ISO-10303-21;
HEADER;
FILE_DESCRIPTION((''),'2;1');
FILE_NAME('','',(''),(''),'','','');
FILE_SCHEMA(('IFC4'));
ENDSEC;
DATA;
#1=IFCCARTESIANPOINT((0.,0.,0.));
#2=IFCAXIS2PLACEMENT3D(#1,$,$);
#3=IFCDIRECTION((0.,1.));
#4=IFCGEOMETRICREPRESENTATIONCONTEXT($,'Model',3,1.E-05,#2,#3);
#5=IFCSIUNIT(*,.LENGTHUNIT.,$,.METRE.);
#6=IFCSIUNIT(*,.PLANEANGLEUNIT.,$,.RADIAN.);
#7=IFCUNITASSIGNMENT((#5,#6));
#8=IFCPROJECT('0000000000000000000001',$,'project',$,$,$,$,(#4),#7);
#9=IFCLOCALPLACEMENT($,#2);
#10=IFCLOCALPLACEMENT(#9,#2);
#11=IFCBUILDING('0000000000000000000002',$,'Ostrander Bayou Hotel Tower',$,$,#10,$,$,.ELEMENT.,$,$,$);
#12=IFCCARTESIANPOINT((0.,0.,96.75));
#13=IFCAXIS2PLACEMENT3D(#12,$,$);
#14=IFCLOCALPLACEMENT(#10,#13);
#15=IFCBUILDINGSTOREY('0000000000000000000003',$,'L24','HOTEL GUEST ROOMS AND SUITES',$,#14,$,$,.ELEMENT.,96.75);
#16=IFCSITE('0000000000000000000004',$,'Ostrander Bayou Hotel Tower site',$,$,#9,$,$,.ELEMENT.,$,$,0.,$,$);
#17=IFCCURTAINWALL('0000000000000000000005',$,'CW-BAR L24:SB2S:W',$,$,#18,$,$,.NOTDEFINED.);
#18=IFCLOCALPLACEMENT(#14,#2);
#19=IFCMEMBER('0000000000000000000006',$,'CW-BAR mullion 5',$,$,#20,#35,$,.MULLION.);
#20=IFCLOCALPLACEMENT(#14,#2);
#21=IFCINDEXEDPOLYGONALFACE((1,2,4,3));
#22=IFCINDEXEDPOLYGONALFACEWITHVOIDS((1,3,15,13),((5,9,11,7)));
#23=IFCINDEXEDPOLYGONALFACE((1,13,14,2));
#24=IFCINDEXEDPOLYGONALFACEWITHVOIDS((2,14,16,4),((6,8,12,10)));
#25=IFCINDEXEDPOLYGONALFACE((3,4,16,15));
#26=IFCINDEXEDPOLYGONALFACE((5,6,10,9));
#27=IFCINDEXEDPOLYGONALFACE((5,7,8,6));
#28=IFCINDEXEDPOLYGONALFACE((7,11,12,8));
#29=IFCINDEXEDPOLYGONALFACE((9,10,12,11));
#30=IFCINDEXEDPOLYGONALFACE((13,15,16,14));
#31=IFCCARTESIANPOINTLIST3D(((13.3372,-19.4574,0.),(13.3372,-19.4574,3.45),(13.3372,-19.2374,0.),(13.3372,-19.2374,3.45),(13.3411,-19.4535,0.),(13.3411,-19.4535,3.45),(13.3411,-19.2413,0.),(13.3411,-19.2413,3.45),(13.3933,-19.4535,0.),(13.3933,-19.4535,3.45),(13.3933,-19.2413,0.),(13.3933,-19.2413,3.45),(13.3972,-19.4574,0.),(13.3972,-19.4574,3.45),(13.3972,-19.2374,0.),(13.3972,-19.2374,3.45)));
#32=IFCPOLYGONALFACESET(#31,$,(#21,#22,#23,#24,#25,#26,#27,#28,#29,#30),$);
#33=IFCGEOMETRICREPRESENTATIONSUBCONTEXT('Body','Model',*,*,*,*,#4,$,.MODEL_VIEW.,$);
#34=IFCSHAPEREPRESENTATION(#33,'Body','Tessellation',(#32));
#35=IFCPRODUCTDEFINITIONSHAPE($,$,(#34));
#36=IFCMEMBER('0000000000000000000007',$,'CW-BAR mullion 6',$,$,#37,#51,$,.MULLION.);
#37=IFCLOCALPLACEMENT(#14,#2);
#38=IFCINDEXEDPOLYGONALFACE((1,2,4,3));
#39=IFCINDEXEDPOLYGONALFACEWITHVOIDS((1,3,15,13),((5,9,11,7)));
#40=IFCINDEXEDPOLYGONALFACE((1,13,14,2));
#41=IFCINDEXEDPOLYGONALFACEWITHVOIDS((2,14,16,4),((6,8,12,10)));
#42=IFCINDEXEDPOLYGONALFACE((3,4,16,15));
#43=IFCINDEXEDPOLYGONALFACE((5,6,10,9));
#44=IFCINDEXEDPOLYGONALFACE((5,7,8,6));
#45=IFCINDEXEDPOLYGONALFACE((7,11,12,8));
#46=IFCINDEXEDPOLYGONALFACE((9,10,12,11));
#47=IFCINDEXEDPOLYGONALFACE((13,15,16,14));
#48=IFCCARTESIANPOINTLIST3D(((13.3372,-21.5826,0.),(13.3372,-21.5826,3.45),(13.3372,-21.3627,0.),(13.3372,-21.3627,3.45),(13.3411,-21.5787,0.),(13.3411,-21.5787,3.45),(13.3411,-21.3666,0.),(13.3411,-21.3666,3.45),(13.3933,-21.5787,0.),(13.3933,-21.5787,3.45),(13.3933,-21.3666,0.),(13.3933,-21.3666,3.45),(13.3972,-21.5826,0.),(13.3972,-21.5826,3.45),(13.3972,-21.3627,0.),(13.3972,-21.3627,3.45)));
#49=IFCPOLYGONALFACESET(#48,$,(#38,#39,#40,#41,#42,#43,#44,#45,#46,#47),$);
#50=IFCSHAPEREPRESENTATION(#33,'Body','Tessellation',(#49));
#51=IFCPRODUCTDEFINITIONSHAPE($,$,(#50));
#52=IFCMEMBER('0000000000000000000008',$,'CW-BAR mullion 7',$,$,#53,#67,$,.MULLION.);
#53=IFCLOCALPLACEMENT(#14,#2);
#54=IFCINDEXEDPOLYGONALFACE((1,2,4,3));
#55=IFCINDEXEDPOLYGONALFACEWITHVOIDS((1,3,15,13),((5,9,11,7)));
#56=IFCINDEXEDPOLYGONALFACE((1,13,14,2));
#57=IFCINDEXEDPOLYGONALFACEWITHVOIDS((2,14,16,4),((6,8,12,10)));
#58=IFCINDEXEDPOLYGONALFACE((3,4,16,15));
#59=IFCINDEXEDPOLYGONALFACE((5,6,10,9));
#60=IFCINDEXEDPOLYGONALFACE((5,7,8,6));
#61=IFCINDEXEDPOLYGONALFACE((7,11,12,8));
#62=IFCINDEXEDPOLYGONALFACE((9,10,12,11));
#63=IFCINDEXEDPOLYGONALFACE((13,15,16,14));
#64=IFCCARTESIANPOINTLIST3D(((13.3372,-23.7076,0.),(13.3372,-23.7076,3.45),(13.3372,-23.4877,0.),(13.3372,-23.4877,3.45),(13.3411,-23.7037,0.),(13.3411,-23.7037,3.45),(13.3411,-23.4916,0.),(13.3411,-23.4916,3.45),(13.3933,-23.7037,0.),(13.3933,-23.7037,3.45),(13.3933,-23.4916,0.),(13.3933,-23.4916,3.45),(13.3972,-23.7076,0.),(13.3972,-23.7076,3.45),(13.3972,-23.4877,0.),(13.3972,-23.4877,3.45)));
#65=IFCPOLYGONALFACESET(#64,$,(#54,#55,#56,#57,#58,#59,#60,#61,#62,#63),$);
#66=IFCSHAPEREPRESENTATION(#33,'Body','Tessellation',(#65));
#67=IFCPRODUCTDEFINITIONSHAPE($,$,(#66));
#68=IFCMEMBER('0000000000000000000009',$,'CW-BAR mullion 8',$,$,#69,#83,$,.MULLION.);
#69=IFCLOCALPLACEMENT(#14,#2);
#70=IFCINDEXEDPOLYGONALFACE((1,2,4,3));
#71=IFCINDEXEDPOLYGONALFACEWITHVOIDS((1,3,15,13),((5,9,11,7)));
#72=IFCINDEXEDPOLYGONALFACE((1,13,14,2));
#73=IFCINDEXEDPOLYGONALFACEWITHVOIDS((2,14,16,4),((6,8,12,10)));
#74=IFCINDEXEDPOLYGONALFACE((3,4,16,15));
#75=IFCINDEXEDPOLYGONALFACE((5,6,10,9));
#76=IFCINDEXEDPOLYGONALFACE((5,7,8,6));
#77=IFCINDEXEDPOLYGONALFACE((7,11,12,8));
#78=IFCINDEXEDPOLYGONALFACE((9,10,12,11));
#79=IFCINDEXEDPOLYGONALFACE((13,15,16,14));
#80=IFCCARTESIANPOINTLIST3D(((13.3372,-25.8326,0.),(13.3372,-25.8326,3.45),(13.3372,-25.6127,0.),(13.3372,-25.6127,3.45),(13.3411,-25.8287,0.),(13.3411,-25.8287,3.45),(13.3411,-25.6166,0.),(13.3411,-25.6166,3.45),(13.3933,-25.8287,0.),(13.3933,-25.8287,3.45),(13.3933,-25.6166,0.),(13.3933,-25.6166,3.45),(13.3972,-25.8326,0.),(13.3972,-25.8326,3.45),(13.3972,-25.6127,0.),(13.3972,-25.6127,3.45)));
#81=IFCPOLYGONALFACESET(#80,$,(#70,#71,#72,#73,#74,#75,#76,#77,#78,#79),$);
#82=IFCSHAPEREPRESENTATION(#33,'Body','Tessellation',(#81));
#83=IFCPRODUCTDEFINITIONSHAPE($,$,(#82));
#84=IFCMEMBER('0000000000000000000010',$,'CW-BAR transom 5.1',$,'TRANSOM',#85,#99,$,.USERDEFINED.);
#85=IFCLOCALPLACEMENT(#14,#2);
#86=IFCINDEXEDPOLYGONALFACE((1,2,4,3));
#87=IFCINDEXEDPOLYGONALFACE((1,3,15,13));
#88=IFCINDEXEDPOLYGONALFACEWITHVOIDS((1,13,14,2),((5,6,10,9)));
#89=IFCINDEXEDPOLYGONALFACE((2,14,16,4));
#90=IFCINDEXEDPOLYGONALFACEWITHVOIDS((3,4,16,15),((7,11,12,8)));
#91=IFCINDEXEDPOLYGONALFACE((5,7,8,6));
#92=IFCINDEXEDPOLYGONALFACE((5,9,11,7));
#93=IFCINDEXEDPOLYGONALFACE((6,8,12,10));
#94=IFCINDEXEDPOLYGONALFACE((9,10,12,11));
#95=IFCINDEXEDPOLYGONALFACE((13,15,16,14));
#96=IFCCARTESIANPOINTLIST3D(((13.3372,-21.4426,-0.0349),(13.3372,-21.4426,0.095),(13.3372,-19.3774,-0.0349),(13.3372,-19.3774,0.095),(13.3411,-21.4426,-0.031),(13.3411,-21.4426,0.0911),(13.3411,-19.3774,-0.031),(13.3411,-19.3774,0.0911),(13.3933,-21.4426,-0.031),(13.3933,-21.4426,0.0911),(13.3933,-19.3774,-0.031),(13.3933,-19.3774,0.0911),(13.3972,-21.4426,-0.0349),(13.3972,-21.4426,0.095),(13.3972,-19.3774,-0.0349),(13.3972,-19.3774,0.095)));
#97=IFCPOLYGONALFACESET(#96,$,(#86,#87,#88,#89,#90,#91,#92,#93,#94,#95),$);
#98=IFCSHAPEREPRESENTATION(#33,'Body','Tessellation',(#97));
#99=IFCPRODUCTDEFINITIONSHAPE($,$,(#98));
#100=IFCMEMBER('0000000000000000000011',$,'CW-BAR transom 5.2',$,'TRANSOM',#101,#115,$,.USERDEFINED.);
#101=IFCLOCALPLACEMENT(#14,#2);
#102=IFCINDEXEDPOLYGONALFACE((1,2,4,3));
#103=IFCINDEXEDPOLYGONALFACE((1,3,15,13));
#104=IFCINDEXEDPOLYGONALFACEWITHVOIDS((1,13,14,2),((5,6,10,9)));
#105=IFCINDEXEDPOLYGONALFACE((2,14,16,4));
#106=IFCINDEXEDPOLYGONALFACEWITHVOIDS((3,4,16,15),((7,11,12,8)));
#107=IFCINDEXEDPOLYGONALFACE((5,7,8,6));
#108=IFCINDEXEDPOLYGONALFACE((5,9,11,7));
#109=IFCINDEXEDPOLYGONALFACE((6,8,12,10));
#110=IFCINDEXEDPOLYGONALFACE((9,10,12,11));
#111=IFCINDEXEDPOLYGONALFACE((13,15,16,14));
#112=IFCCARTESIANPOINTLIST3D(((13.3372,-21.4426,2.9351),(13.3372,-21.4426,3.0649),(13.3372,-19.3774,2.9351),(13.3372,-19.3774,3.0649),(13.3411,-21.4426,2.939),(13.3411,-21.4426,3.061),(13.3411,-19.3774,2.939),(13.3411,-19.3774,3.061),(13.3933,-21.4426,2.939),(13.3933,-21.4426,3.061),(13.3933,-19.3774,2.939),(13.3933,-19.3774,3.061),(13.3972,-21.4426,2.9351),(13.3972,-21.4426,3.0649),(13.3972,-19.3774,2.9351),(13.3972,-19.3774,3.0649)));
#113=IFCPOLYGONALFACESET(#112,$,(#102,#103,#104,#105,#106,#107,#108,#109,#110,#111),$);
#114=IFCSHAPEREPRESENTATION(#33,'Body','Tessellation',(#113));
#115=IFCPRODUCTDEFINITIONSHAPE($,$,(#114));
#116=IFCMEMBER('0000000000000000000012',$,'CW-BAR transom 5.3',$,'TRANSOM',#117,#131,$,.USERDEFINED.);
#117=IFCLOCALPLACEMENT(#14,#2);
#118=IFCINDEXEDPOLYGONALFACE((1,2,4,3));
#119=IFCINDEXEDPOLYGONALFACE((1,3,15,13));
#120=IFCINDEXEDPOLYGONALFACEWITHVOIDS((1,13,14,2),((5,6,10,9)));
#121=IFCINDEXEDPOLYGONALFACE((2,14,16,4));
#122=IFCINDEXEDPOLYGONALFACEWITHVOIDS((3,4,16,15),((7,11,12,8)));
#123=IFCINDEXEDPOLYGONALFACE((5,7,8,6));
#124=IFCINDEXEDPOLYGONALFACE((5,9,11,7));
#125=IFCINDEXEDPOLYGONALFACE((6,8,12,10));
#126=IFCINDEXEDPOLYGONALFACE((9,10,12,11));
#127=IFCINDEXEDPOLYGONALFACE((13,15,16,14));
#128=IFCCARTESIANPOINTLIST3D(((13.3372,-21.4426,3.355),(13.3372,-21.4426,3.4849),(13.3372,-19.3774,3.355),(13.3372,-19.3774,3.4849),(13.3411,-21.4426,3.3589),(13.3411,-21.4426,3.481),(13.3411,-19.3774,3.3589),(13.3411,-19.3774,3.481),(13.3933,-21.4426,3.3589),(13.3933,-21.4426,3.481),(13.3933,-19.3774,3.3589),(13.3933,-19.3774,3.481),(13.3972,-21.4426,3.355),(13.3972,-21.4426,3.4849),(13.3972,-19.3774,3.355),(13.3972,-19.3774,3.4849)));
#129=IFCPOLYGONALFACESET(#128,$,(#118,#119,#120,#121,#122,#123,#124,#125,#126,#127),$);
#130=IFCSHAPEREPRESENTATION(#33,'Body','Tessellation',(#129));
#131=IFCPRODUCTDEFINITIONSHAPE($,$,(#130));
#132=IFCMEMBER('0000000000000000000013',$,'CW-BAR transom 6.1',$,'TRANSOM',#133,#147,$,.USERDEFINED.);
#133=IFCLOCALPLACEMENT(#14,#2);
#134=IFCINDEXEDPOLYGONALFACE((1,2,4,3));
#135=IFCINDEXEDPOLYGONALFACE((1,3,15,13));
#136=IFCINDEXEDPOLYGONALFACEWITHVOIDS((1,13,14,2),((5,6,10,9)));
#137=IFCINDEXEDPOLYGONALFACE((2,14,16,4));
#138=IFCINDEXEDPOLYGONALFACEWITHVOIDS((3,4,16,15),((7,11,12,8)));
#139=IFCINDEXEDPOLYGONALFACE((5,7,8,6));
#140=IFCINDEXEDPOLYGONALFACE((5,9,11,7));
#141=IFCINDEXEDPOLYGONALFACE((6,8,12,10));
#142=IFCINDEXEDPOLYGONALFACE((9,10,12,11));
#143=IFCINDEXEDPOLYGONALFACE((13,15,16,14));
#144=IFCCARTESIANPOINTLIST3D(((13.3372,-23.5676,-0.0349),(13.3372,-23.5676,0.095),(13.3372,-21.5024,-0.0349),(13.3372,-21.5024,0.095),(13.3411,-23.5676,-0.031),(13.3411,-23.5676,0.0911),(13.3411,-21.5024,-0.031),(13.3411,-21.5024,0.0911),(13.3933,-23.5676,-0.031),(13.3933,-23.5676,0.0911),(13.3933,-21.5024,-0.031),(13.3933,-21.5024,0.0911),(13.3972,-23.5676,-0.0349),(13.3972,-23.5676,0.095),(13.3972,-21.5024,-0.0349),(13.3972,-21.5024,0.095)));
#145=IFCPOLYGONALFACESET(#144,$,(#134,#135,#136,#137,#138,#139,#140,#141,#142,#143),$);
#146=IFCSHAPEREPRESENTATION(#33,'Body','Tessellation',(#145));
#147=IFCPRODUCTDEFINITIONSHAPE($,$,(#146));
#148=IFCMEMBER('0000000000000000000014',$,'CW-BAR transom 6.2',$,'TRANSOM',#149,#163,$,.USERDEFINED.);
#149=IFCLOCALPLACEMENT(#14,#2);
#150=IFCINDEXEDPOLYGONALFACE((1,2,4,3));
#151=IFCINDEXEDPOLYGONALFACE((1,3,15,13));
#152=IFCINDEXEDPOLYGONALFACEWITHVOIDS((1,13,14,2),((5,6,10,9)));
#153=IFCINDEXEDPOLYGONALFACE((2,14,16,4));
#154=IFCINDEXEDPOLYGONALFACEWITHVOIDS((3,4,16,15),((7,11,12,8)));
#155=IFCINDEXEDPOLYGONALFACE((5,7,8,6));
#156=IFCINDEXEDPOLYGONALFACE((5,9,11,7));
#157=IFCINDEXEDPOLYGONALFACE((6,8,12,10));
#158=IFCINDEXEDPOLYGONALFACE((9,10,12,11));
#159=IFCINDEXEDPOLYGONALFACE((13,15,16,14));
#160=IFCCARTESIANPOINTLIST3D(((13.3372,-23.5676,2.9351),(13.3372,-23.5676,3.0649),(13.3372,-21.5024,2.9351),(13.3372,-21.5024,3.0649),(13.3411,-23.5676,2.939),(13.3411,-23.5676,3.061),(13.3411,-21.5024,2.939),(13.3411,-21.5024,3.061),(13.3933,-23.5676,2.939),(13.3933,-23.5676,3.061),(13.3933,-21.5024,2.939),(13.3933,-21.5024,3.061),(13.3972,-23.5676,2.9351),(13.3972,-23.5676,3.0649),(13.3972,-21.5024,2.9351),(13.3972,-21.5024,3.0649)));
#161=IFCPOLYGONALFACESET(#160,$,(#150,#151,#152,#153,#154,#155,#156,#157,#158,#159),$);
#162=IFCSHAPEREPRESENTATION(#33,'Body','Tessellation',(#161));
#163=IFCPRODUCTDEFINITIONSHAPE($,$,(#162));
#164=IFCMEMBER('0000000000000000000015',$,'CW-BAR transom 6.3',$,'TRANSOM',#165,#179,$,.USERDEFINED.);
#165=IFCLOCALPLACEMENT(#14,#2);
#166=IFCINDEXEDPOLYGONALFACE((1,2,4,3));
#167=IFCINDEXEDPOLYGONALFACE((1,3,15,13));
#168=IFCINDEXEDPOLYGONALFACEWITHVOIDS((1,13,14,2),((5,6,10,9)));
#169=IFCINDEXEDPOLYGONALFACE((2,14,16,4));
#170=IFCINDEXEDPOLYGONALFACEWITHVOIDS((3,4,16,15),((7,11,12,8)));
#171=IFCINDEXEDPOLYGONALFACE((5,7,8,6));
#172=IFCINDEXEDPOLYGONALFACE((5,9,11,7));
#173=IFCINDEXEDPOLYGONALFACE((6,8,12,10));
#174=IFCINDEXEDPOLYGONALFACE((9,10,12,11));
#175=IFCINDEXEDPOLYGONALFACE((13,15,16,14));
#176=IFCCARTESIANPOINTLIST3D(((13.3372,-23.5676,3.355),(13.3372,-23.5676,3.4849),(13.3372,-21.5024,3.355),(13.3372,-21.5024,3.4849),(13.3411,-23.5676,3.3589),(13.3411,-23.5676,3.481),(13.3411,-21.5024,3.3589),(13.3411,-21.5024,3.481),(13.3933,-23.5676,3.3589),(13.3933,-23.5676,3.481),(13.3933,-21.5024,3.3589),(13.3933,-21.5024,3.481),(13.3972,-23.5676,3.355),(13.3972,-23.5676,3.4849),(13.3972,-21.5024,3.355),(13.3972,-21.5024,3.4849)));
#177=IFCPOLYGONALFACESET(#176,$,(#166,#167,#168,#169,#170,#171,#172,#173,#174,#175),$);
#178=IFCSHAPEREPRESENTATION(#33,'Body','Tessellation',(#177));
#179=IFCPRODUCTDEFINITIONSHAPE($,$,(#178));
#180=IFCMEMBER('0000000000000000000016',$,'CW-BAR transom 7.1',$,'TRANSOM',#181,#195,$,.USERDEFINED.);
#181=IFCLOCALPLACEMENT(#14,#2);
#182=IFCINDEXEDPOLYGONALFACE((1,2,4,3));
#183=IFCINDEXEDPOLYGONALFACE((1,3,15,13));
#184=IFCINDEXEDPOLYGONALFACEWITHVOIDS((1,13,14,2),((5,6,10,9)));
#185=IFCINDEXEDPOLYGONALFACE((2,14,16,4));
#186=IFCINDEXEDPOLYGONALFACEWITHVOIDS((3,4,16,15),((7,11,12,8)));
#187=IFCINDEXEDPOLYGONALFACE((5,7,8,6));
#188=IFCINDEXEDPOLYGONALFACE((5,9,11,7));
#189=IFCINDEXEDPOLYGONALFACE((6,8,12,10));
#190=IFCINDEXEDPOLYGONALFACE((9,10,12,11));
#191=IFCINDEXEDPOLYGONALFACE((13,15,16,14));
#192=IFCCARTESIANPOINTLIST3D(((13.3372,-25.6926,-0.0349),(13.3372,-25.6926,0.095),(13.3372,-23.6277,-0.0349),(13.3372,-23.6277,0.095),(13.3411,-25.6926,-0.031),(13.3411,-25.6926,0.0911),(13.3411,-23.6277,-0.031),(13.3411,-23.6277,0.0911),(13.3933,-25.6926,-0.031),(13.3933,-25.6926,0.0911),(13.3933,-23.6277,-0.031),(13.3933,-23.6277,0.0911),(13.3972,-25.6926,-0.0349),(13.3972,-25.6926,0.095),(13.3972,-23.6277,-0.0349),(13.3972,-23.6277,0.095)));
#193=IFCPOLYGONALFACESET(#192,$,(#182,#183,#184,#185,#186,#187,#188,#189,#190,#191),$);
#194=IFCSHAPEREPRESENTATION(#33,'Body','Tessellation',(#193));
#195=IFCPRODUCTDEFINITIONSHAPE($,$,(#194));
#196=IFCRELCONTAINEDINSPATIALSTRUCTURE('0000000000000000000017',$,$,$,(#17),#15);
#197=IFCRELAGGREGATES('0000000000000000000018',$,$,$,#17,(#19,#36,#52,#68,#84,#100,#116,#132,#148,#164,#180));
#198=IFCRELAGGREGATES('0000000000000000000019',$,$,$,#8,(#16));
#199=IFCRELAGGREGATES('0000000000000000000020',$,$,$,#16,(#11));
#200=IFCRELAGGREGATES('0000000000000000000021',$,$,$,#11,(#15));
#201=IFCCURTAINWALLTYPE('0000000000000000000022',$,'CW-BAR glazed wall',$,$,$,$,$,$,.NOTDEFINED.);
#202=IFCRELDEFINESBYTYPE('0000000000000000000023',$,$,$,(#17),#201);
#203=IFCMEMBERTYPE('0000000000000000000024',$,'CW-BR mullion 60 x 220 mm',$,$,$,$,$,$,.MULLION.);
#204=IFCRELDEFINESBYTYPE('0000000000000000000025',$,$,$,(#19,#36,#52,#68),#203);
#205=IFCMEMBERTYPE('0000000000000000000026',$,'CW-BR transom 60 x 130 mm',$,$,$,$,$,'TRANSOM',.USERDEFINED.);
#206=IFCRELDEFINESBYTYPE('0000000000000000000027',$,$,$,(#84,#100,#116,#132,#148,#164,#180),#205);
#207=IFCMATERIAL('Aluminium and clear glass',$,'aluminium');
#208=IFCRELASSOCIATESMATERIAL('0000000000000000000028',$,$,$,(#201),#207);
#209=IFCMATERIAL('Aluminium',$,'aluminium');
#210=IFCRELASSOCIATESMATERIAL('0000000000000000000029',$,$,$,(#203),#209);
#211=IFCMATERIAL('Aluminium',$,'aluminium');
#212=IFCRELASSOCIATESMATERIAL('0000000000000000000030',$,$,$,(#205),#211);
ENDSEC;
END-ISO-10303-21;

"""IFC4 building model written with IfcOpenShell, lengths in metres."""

from ifc_helpers import new_model, si_unit, direction, frame, origin, origin_2d, place, context, subcontext, project, spatial, hollow_rectangle, extrude, material, material_profile, profile_set, type_object, element, aggregate, save


model = new_model("IFC4")

# Units and contexts
model_context = context("Model", 3, precision=1e-05, world=origin(), true_north=direction((0.0, 1.0)))
body_context = subcontext(model_context, "Body", "Model", "MODEL_VIEW")
ifc_project = project(units=[si_unit("LENGTHUNIT", "METRE"), si_unit("PLANEANGLEUNIT", "RADIAN")], contexts=[model_context])

# Site, building, storey
site_placement = place(None, origin())
site = spatial("IfcSite", under=ifc_project, at=site_placement, Name="Ostrander Bayou Hotel Tower site", CompositionType="ELEMENT", RefElevation=0.0)
building_placement = place(site_placement, origin())
building = spatial("IfcBuilding", under=site, at=building_placement, Name="Ostrander Bayou Hotel Tower", CompositionType="ELEMENT")
storey_placement = place(building_placement, frame((0.0, 0.0, 96.75)))
storey = spatial("IfcBuildingStorey", under=building, at=storey_placement, Name="L24", Description="HOTEL GUEST ROOMS AND SUITES", CompositionType="ELEMENT", Elevation=96.75)

# Curtain wall, members
ifc_material_1 = material(Name="Aluminium and clear glass", Category="aluminium")
curtain_wall_type = type_object("IfcCurtainWallType", Name="CW-BAR glazed wall", PredefinedType="NOTDEFINED", material=ifc_material_1)
curtain_wall_placement = place(storey_placement, origin())
curtain_wall = element("IfcCurtainWall", 1, at=curtain_wall_placement, inside=storey, type_object=curtain_wall_type, Name="CW-BAR L24:SB2S:W", PredefinedType="NOTDEFINED")
ifc_material_2 = material(Name="Aluminium", Category="aluminium")
ifc_material_profile_1 = material_profile(ifc_material_2, hollow_rectangle(XDim=0.0601, YDim=0.22, WallThickness=0.0039, at=origin_2d()))
ifc_profile_set_1 = profile_set([ifc_material_profile_1], Name="Aluminium")
member_type_1 = type_object("IfcMemberType", Name="CW-BR mullion 60 x 220 mm", PredefinedType="MULLION", material=ifc_profile_set_1)
member_1_placement = place(storey_placement, frame((13.3672, -19.3474, 0.0), z_axis=(0.0, 0.0, 1.0), x_axis=(1.0, 0.0, 0.0)))
member_1 = element("IfcMember", 2, at=member_1_placement, type_object=member_type_1, Name="CW-BAR mullion 5", PredefinedType="MULLION", context=body_context, shape_type="SweptSolid", body=[
    extrude(hollow_rectangle(XDim=0.0601, YDim=0.22, WallThickness=0.0039, at=origin_2d()), origin(), (0.0, 0.0, 1.0), 3.45),
])
member_2_placement = place(storey_placement, frame((13.3672, -21.4727, 0.0), z_axis=(0.0, 0.0, 1.0), x_axis=(1.0, 0.0, 0.0)))
member_2 = element("IfcMember", 3, at=member_2_placement, type_object=member_type_1, Name="CW-BAR mullion 6", PredefinedType="MULLION", context=body_context, shape_type="SweptSolid", body=[
    extrude(hollow_rectangle(XDim=0.0601, YDim=0.22, WallThickness=0.0039, at=origin_2d()), origin(), (0.0, 0.0, 1.0), 3.45),
])
member_3_placement = place(storey_placement, frame((13.3672, -23.5977, 0.0), z_axis=(0.0, 0.0, 1.0), x_axis=(1.0, 0.0, 0.0)))
member_3 = element("IfcMember", 4, at=member_3_placement, type_object=member_type_1, Name="CW-BAR mullion 7", PredefinedType="MULLION", context=body_context, shape_type="SweptSolid", body=[
    extrude(hollow_rectangle(XDim=0.0601, YDim=0.22, WallThickness=0.0039, at=origin_2d()), origin(), (0.0, 0.0, 1.0), 3.45),
])
member_4_placement = place(storey_placement, frame((13.3672, -25.7227, 0.0), z_axis=(0.0, 0.0, 1.0), x_axis=(1.0, 0.0, 0.0)))
member_4 = element("IfcMember", 5, at=member_4_placement, type_object=member_type_1, Name="CW-BAR mullion 8", PredefinedType="MULLION", context=body_context, shape_type="SweptSolid", body=[
    extrude(hollow_rectangle(XDim=0.0601, YDim=0.22, WallThickness=0.0039, at=origin_2d()), origin(), (0.0, 0.0, 1.0), 3.45),
])
ifc_material_3 = material(Name="Aluminium", Category="aluminium")
ifc_material_profile_2 = material_profile(ifc_material_3, hollow_rectangle(XDim=0.0601, YDim=0.1299, WallThickness=0.0039, at=origin_2d()))
ifc_profile_set_2 = profile_set([ifc_material_profile_2], Name="Aluminium")
member_type_2 = type_object("IfcMemberType", Name="CW-BR transom 60 x 130 mm", ElementType="TRANSOM", PredefinedType="USERDEFINED", material=ifc_profile_set_2)
member_5_placement = place(storey_placement, frame((13.3672, -19.3774, 0.03), z_axis=(0.0, -1.0, 0.0), x_axis=(1.0, 0.0, 0.0)))
member_5 = element("IfcMember", 6, at=member_5_placement, type_object=member_type_2, Name="CW-BAR transom 5.1", ObjectType="TRANSOM", PredefinedType="USERDEFINED", context=body_context, shape_type="SweptSolid", body=[
    extrude(hollow_rectangle(XDim=0.0601, YDim=0.1299, WallThickness=0.0039, at=origin_2d()), origin(), (0.0, 0.0, 1.0), 2.0652),
])
member_6_placement = place(storey_placement, frame((13.3672, -19.3774, 3.0), z_axis=(0.0, -1.0, 0.0), x_axis=(1.0, 0.0, 0.0)))
member_6 = element("IfcMember", 7, at=member_6_placement, type_object=member_type_2, Name="CW-BAR transom 5.2", ObjectType="TRANSOM", PredefinedType="USERDEFINED", context=body_context, shape_type="SweptSolid", body=[
    extrude(hollow_rectangle(XDim=0.0601, YDim=0.1299, WallThickness=0.0039, at=origin_2d()), origin(), (0.0, 0.0, 1.0), 2.0652),
])
member_7_placement = place(storey_placement, frame((13.3672, -19.3774, 3.4199), z_axis=(0.0, -1.0, 0.0), x_axis=(1.0, 0.0, 0.0)))
member_7 = element("IfcMember", 8, at=member_7_placement, type_object=member_type_2, Name="CW-BAR transom 5.3", ObjectType="TRANSOM", PredefinedType="USERDEFINED", context=body_context, shape_type="SweptSolid", body=[
    extrude(hollow_rectangle(XDim=0.0601, YDim=0.1299, WallThickness=0.0039, at=origin_2d()), origin(), (0.0, 0.0, 1.0), 2.0652),
])
member_8_placement = place(storey_placement, frame((13.3672, -21.5024, 0.03), z_axis=(0.0, -1.0, 0.0), x_axis=(1.0, 0.0, 0.0)))
member_8 = element("IfcMember", 9, at=member_8_placement, type_object=member_type_2, Name="CW-BAR transom 6.1", ObjectType="TRANSOM", PredefinedType="USERDEFINED", context=body_context, shape_type="SweptSolid", body=[
    extrude(hollow_rectangle(XDim=0.0601, YDim=0.1299, WallThickness=0.0039, at=origin_2d()), origin(), (0.0, 0.0, 1.0), 2.0652),
])
member_9_placement = place(storey_placement, frame((13.3672, -21.5024, 3.0), z_axis=(0.0, -1.0, 0.0), x_axis=(1.0, 0.0, 0.0)))
member_9 = element("IfcMember", 10, at=member_9_placement, type_object=member_type_2, Name="CW-BAR transom 6.2", ObjectType="TRANSOM", PredefinedType="USERDEFINED", context=body_context, shape_type="SweptSolid", body=[
    extrude(hollow_rectangle(XDim=0.0601, YDim=0.1299, WallThickness=0.0039, at=origin_2d()), origin(), (0.0, 0.0, 1.0), 2.0652),
])
member_10_placement = place(storey_placement, frame((13.3672, -21.5024, 3.4199), z_axis=(0.0, -1.0, 0.0), x_axis=(1.0, 0.0, 0.0)))
member_10 = element("IfcMember", 11, at=member_10_placement, type_object=member_type_2, Name="CW-BAR transom 6.3", ObjectType="TRANSOM", PredefinedType="USERDEFINED", context=body_context, shape_type="SweptSolid", body=[
    extrude(hollow_rectangle(XDim=0.0601, YDim=0.1299, WallThickness=0.0039, at=origin_2d()), origin(), (0.0, 0.0, 1.0), 2.0652),
])
member_11_placement = place(storey_placement, frame((13.3672, -23.6277, 0.03), z_axis=(0.0, -1.0, 0.0), x_axis=(1.0, 0.0, 0.0)))
member_11 = element("IfcMember", 12, at=member_11_placement, type_object=member_type_2, Name="CW-BAR transom 7.1", ObjectType="TRANSOM", PredefinedType="USERDEFINED", context=body_context, shape_type="SweptSolid", body=[
    extrude(hollow_rectangle(XDim=0.0601, YDim=0.1299, WallThickness=0.0039, at=origin_2d()), origin(), (0.0, 0.0, 1.0), 2.0649),
])

aggregate(curtain_wall, [member_1, member_2, member_3, member_4, member_5, member_6, member_7, member_8, member_9, member_10, member_11])

save(model, "model.ifc")
